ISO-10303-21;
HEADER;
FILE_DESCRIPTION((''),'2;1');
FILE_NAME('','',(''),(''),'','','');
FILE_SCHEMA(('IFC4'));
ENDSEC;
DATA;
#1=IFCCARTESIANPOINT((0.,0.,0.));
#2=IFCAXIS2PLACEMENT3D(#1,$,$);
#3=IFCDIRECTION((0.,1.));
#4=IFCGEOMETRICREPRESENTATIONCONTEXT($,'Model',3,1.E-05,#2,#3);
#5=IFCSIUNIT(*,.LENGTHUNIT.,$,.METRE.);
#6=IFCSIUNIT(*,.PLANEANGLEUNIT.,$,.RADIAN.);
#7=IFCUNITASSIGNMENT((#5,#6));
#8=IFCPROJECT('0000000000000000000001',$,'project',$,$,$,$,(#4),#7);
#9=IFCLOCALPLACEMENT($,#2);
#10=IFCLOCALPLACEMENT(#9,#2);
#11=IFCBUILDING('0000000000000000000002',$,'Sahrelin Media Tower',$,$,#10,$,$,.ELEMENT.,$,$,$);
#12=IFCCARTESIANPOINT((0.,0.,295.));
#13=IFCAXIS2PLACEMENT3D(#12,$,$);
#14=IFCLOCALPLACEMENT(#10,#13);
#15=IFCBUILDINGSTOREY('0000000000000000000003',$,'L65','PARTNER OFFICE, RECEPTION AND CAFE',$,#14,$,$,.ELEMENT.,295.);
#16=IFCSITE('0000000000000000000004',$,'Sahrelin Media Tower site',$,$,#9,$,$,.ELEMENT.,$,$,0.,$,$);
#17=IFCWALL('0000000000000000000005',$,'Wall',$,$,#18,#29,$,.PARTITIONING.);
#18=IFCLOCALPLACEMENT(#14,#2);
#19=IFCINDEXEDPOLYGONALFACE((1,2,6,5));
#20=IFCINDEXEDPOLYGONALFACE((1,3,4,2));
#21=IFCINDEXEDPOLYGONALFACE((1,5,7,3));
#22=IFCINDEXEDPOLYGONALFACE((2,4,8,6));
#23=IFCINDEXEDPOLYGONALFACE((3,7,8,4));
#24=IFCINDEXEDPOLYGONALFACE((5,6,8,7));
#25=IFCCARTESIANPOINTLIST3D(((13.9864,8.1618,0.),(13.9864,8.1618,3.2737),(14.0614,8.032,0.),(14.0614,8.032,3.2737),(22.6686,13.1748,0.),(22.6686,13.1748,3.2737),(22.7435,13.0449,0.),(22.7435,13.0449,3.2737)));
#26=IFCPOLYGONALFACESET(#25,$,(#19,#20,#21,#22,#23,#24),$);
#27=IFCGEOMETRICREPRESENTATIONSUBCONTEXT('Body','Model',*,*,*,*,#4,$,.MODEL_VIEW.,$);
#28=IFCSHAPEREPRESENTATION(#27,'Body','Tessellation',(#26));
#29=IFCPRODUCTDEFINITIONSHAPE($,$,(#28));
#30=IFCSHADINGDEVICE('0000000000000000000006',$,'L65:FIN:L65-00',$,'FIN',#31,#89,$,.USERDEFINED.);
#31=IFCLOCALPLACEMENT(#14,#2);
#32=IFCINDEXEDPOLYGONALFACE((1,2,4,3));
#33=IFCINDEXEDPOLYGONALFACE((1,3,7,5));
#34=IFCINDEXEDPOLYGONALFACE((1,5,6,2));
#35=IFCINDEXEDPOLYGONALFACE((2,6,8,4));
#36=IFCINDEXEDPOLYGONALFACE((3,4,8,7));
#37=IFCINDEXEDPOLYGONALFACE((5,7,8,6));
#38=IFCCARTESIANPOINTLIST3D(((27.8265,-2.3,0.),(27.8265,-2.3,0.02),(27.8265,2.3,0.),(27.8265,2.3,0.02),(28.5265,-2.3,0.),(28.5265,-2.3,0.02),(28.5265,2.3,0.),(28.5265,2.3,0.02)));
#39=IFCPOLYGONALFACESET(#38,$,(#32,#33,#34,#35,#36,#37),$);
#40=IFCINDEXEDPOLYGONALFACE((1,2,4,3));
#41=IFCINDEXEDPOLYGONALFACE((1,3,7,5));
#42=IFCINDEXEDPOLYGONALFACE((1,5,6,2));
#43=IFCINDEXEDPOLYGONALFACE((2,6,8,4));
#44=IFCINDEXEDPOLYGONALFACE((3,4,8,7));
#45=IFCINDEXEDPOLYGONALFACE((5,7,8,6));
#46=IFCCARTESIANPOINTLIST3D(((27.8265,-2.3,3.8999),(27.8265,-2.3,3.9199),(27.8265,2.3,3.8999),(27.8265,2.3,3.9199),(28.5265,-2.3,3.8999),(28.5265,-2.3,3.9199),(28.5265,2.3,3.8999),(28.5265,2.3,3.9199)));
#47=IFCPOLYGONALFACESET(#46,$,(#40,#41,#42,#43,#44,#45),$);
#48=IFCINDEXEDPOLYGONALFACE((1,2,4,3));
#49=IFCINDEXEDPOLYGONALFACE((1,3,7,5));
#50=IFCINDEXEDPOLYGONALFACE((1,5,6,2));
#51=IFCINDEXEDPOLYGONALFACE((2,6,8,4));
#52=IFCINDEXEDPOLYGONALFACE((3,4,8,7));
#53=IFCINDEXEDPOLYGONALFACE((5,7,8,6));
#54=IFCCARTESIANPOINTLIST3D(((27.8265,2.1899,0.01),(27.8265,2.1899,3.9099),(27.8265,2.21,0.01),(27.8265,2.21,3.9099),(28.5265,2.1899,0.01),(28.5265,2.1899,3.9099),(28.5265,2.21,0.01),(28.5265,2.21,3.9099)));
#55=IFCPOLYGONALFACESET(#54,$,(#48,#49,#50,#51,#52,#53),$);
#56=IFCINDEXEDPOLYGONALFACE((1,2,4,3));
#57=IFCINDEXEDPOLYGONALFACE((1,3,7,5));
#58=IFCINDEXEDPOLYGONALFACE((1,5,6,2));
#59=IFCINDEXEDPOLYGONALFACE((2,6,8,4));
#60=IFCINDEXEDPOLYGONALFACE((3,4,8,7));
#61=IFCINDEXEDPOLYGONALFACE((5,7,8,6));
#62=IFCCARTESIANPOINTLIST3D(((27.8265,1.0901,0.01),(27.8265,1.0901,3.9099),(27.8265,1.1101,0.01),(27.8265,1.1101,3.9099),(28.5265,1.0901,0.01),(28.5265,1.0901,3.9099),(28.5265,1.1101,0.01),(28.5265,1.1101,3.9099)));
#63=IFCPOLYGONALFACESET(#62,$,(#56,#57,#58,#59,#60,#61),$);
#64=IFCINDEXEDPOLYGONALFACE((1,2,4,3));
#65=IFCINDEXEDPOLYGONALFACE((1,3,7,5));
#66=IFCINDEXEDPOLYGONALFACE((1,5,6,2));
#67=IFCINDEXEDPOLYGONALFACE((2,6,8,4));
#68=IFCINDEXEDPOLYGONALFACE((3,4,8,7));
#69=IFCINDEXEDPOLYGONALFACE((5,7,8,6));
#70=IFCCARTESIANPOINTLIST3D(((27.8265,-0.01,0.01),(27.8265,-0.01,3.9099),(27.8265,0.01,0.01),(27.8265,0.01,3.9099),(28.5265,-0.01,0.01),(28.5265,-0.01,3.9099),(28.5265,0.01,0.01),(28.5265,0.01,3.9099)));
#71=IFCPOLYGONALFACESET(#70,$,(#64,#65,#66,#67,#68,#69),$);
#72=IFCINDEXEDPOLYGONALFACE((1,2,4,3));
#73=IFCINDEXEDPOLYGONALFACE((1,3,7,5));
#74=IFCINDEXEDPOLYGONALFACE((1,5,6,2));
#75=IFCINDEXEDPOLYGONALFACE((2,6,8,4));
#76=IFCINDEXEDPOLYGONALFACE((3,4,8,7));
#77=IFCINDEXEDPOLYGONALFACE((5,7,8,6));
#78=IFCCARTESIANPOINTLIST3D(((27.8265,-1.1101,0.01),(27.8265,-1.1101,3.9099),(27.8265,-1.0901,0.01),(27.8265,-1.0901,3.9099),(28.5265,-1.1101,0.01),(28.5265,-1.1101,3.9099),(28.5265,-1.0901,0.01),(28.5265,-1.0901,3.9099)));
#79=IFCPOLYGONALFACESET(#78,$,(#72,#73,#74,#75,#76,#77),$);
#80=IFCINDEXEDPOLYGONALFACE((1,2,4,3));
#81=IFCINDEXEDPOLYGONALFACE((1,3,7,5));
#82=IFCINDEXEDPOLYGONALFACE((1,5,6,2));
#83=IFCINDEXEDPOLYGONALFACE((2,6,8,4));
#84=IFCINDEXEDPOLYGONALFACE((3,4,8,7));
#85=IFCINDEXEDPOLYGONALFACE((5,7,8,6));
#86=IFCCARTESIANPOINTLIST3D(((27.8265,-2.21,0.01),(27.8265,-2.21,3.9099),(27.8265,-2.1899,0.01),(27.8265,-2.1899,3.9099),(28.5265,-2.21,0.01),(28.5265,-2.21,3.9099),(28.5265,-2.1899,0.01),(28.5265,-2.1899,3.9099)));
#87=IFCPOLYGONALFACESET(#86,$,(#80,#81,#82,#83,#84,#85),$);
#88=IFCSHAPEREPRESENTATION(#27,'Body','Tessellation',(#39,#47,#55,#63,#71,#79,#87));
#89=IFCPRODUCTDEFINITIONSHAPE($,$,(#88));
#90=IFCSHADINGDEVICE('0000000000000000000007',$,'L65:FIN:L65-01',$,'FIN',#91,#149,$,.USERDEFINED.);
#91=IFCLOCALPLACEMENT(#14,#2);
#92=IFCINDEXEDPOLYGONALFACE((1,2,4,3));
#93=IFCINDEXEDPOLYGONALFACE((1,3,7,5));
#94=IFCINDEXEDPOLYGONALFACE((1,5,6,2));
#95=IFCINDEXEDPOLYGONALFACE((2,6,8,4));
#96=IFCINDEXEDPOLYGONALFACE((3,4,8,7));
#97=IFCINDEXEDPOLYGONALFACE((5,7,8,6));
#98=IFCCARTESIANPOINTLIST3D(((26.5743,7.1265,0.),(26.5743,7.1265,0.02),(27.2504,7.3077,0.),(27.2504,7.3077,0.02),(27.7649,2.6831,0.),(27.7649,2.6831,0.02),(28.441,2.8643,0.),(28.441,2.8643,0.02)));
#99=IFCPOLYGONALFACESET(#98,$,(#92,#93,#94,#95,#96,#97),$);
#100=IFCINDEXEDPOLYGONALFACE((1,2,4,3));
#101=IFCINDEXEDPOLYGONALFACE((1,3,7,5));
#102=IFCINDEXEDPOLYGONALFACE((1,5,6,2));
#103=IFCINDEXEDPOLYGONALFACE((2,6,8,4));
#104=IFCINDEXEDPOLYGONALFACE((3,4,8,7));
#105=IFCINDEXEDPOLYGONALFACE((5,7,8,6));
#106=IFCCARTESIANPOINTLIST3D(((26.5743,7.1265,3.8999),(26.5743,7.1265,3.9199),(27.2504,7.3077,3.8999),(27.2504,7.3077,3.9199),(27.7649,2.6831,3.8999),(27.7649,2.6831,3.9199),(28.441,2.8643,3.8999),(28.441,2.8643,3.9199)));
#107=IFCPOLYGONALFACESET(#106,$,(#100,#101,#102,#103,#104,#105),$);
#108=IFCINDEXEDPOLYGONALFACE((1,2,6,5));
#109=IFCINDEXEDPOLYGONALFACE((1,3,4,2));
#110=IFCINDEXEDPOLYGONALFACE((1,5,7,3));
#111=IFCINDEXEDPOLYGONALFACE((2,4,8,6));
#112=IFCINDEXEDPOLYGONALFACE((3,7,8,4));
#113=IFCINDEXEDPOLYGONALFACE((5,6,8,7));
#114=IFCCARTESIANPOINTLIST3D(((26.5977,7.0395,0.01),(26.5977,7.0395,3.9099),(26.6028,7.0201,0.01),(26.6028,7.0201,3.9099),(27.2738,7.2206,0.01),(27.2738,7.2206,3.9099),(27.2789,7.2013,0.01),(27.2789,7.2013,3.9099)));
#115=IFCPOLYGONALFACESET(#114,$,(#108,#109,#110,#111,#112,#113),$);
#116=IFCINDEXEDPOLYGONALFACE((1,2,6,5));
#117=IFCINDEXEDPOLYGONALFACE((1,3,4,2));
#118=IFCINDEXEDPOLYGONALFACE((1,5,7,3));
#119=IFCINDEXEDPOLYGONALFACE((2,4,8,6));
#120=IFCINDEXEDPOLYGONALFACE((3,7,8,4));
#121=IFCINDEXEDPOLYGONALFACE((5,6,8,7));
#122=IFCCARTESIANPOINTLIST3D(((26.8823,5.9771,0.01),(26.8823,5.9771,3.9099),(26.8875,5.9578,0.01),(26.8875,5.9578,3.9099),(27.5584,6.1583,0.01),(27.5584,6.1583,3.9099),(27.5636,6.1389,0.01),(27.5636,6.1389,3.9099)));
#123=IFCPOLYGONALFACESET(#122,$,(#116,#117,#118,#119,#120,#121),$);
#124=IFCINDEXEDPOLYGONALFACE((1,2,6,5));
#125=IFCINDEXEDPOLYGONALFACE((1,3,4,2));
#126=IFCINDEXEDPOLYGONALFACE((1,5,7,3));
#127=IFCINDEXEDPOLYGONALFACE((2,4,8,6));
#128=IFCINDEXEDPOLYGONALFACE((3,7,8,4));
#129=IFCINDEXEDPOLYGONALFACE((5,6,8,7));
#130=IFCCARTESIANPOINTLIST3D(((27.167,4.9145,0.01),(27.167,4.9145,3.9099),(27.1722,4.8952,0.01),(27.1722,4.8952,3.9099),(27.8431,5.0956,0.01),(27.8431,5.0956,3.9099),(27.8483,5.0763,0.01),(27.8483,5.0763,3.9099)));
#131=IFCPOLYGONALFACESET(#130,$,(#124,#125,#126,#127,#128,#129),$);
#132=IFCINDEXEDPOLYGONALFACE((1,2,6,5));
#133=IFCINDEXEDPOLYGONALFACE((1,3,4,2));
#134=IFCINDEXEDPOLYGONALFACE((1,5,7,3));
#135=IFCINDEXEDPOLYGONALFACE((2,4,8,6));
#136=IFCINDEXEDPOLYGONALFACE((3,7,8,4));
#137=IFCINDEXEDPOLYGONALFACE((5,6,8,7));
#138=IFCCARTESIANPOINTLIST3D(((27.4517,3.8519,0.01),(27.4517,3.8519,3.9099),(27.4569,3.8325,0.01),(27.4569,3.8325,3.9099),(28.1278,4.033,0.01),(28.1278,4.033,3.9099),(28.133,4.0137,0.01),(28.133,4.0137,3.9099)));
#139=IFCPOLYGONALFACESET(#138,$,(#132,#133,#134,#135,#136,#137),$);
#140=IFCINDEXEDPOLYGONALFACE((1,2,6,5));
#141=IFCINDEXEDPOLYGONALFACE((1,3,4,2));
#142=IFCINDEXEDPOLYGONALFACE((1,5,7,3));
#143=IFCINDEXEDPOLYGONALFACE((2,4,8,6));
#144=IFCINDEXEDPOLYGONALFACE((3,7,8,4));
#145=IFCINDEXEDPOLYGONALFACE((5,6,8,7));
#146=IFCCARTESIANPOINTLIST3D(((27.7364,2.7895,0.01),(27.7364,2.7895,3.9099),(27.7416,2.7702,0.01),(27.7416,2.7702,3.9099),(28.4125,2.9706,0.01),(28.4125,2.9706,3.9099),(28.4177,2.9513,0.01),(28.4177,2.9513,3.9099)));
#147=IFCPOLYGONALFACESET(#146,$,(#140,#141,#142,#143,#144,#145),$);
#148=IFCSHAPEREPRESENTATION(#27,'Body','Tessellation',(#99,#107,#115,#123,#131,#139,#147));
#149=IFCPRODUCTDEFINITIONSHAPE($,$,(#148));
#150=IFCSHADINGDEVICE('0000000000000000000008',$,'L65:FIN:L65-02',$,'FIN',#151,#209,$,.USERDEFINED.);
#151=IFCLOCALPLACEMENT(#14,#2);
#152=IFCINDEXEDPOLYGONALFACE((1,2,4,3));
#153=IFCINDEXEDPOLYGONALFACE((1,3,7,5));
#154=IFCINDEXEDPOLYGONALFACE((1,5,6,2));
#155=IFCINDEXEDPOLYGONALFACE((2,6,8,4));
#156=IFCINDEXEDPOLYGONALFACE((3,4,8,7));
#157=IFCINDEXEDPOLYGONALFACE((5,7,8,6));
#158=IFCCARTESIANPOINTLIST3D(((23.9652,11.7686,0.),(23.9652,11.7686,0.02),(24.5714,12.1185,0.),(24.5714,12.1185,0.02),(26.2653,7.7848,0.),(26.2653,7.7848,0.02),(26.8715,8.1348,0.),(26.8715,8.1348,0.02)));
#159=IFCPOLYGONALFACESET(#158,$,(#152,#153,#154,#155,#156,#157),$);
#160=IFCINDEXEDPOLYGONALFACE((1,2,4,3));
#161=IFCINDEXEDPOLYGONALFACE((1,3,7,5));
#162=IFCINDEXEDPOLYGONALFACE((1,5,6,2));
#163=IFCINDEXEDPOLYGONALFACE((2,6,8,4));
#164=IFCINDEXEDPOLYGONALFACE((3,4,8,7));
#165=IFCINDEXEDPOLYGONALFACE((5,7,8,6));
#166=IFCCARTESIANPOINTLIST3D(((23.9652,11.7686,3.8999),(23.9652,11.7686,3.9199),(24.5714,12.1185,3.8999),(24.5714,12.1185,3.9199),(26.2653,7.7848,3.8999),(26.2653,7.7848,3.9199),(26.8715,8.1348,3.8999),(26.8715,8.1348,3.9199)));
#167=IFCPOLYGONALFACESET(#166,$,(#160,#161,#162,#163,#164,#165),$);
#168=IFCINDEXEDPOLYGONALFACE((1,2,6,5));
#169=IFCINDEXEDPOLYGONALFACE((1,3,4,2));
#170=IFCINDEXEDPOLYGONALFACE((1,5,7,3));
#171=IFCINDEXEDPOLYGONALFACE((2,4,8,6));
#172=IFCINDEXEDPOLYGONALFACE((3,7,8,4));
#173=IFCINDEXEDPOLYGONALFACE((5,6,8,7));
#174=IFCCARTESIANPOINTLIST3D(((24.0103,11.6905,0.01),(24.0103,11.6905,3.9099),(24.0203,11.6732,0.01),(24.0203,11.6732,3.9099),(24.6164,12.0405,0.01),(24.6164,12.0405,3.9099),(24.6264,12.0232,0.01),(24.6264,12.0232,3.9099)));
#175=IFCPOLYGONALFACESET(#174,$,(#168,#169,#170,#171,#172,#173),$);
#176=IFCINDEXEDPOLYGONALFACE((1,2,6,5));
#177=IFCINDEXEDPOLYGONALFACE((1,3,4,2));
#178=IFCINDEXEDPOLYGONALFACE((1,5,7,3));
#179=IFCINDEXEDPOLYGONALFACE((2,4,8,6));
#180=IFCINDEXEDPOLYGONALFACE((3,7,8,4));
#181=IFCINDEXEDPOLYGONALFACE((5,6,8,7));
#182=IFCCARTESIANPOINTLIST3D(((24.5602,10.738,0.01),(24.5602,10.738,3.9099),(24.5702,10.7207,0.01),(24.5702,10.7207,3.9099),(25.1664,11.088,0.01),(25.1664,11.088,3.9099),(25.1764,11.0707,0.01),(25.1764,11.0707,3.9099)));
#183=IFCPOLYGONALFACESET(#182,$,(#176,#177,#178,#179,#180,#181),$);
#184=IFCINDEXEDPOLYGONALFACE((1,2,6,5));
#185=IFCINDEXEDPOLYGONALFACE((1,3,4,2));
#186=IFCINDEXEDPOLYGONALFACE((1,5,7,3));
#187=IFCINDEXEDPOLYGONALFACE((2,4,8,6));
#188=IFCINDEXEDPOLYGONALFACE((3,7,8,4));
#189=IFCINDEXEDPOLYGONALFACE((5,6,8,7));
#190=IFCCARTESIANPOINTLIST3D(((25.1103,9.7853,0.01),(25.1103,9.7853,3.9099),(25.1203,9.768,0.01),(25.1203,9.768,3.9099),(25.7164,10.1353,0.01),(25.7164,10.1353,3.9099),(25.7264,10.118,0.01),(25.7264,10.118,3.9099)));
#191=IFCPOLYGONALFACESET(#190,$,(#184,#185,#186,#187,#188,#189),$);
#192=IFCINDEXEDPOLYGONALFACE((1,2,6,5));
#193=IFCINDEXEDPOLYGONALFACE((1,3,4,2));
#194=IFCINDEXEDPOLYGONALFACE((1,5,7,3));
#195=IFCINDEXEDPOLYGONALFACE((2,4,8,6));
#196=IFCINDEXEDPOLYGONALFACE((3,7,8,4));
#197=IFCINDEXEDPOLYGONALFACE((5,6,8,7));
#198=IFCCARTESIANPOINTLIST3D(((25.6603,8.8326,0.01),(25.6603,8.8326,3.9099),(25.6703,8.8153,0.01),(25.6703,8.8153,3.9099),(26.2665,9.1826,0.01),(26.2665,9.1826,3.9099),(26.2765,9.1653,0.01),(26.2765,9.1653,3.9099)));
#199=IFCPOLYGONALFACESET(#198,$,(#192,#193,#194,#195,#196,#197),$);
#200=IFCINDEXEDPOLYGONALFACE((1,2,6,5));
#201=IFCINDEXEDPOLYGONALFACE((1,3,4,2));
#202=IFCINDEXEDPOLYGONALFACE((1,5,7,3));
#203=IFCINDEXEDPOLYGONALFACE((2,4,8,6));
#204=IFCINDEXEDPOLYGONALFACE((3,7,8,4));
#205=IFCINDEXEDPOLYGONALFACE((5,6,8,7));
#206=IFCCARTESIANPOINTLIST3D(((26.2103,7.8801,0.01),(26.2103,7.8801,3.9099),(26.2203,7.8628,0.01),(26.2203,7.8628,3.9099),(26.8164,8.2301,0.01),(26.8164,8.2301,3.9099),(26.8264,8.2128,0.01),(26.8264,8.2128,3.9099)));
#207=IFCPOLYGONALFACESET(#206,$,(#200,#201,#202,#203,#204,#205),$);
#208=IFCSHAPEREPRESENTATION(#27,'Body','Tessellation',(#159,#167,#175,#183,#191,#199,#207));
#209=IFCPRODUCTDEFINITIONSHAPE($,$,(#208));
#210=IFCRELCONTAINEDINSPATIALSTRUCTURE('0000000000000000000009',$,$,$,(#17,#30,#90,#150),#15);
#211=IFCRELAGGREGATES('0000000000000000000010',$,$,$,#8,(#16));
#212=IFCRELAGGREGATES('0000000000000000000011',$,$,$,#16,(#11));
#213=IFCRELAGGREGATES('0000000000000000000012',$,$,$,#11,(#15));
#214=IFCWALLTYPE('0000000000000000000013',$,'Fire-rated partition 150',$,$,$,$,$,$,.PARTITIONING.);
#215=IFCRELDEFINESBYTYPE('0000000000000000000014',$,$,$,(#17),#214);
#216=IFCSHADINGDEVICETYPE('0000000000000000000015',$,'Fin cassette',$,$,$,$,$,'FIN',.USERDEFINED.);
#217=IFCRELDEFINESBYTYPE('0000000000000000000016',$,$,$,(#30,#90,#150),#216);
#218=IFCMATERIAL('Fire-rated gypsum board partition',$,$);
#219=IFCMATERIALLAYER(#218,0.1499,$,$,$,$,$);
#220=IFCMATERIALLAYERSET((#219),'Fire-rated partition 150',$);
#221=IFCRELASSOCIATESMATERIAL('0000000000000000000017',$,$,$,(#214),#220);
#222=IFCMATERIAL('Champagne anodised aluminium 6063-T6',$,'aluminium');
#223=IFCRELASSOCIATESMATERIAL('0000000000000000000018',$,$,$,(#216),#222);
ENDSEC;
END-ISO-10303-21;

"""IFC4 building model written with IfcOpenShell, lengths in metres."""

from ifc_helpers import new_model, si_unit, direction, frame, frame_2d, origin, origin_2d, place, context, subcontext, project, spatial, rectangle, extrude, material, layer, layer_set, type_object, element, save


model = new_model("IFC4")

# Units and contexts
model_context = context("Model", 3, precision=1e-05, world=origin(), true_north=direction((0.0, 1.0)))
body_context = subcontext(model_context, "Body", "Model", "MODEL_VIEW")
ifc_project = project(units=[si_unit("LENGTHUNIT", "METRE"), si_unit("PLANEANGLEUNIT", "RADIAN")], contexts=[model_context])

# Site, building, storey
site_placement = place(None, origin())
site = spatial("IfcSite", under=ifc_project, at=site_placement, Name="Sahrelin Media Tower site", CompositionType="ELEMENT", RefElevation=0.0)
building_placement = place(site_placement, origin())
building = spatial("IfcBuilding", under=site, at=building_placement, Name="Sahrelin Media Tower", CompositionType="ELEMENT")
storey_placement = place(building_placement, frame((0.0, 0.0, 295.0)))
storey = spatial("IfcBuildingStorey", under=building, at=storey_placement, Name="L65", Description="PARTNER OFFICE, RECEPTION AND CAFE", CompositionType="ELEMENT", Elevation=295.0)

# Shared definitions
ifc_material_1 = material(Name="Champagne anodised aluminium 6063-T6", Category="aluminium")

# Wall
ifc_material_2 = material(Name="Fire-rated gypsum board partition")
ifc_layer_1 = layer(ifc_material_2, 0.1499)
ifc_layer_set_1 = layer_set([ifc_layer_1], Name="Fire-rated partition 150")
wall_type = type_object("IfcWallType", Name="Fire-rated partition 150", PredefinedType="PARTITIONING", material=ifc_layer_set_1)
wall_placement = place(storey_placement, frame((14.0239, 8.0969, 0.0), z_axis=(0.0, 0.0, 1.0), x_axis=(0.866012, 0.500023, 0.0)))
element("IfcWall", 1, at=wall_placement, inside=storey, type_object=wall_type, Name="Wall", PredefinedType="PARTITIONING", context=body_context, shape_type="SweptSolid", body=[
    extrude(rectangle(XDim=10.0254, YDim=0.1499, at=frame_2d((5.0127, 0.0))), origin(), (0.0, 0.0, 1.0), 3.2737),
])

# Shading devices
shading_device_type_1 = type_object("IfcShadingDeviceType", Name="Fin cassette", ElementType="FIN", PredefinedType="USERDEFINED", material=ifc_material_1)
placement_1 = place(storey_placement, frame((27.7566, 0.0, 0.0), z_axis=(0.0, 0.0, 1.0), x_axis=(0.0, -1.0, 0.0)))
element("IfcShadingDevice", 2, at=placement_1, inside=storey, type_object=shading_device_type_1, Name="L65:FIN:L65-00", ObjectType="FIN", PredefinedType="USERDEFINED", context=body_context, shape_type="SweptSolid", body=[
    extrude(rectangle(XDim=4.6001, YDim=0.7, at=origin_2d()), frame((0.0, 0.4199, 0.0)), (0.0, 0.0, 1.0), 0.02),
    extrude(rectangle(XDim=4.6001, YDim=0.7, at=origin_2d()), frame((0.0, 0.4199, 3.8999)), (0.0, 0.0, 1.0), 0.02),
    extrude(rectangle(XDim=0.02, YDim=0.7, at=origin_2d()), frame((-2.2, 0.4199, 0.01), z_axis=(0.0, 0.0, 1.0), x_axis=(1.0, 0.0, 0.0)), (0.0, 0.0, 1.0), 3.8999),
    extrude(rectangle(XDim=0.02, YDim=0.7, at=origin_2d()), frame((-1.1001, 0.4199, 0.01), z_axis=(0.0, 0.0, 1.0), x_axis=(1.0, 0.0, 0.0)), (0.0, 0.0, 1.0), 3.8999),
    extrude(rectangle(XDim=0.02, YDim=0.7, at=origin_2d()), frame((0.0, 0.4199, 0.01), z_axis=(0.0, 0.0, 1.0), x_axis=(1.0, 0.0, 0.0)), (0.0, 0.0, 1.0), 3.8999),
    extrude(rectangle(XDim=0.02, YDim=0.7, at=origin_2d()), frame((1.1001, 0.4199, 0.01), z_axis=(0.0, 0.0, 1.0), x_axis=(1.0, 0.0, 0.0)), (0.0, 0.0, 1.0), 3.8999),
    extrude(rectangle(XDim=0.02, YDim=0.7, at=origin_2d()), frame((2.2, 0.4199, 0.01), z_axis=(0.0, 0.0, 1.0), x_axis=(1.0, 0.0, 0.0)), (0.0, 0.0, 1.0), 3.8999),
])
placement_2 = place(storey_placement, frame((27.1021, 4.8867, 0.0), z_axis=(0.0, 0.0, 1.0), x_axis=(0.258808, -0.965929, 0.0)))
element("IfcShadingDevice", 3, at=placement_2, inside=storey, type_object=shading_device_type_1, Name="L65:FIN:L65-01", ObjectType="FIN", PredefinedType="USERDEFINED", context=body_context, shape_type="SweptSolid", body=[
    extrude(rectangle(XDim=4.6001, YDim=0.7, at=origin_2d()), frame((0.0, 0.4199, 0.0)), (0.0, 0.0, 1.0), 0.02),
    extrude(rectangle(XDim=4.6001, YDim=0.7, at=origin_2d()), frame((0.0, 0.4199, 3.8999)), (0.0, 0.0, 1.0), 0.02),
    extrude(rectangle(XDim=0.02, YDim=0.7, at=origin_2d()), frame((-2.2, 0.4199, 0.01), z_axis=(0.0, 0.0, 1.0), x_axis=(1.0, 0.0, 0.0)), (0.0, 0.0, 1.0), 3.8999),
    extrude(rectangle(XDim=0.02, YDim=0.7, at=origin_2d()), frame((-1.1001, 0.4199, 0.01), z_axis=(0.0, 0.0, 1.0), x_axis=(1.0, 0.0, 0.0)), (0.0, 0.0, 1.0), 3.8999),
    extrude(rectangle(XDim=0.02, YDim=0.7, at=origin_2d()), frame((0.0, 0.4199, 0.01), z_axis=(0.0, 0.0, 1.0), x_axis=(1.0, 0.0, 0.0)), (0.0, 0.0, 1.0), 3.8999),
    extrude(rectangle(XDim=0.02, YDim=0.7, at=origin_2d()), frame((1.1001, 0.4199, 0.01), z_axis=(0.0, 0.0, 1.0), x_axis=(1.0, 0.0, 0.0)), (0.0, 0.0, 1.0), 3.8999),
    extrude(rectangle(XDim=0.02, YDim=0.7, at=origin_2d()), frame((2.2, 0.4199, 0.01), z_axis=(0.0, 0.0, 1.0), x_axis=(1.0, 0.0, 0.0)), (0.0, 0.0, 1.0), 3.8999),
])
placement_3 = place(storey_placement, frame((25.0547, 9.7417, 0.0), z_axis=(0.0, 0.0, 1.0), x_axis=(0.500011, -0.866019, 0.0)))
element("IfcShadingDevice", 4, at=placement_3, inside=storey, type_object=shading_device_type_1, Name="L65:FIN:L65-02", ObjectType="FIN", PredefinedType="USERDEFINED", context=body_context, shape_type="SweptSolid", body=[
    extrude(rectangle(XDim=4.6001, YDim=0.7, at=origin_2d()), frame((0.0, 0.4199, 0.0)), (0.0, 0.0, 1.0), 0.02),
    extrude(rectangle(XDim=4.6001, YDim=0.7, at=origin_2d()), frame((0.0, 0.4199, 3.8999)), (0.0, 0.0, 1.0), 0.02),
    extrude(rectangle(XDim=0.02, YDim=0.7, at=origin_2d()), frame((-2.2, 0.4199, 0.01), z_axis=(0.0, 0.0, 1.0), x_axis=(1.0, 0.0, 0.0)), (0.0, 0.0, 1.0), 3.8999),
    extrude(rectangle(XDim=0.02, YDim=0.7, at=origin_2d()), frame((-1.1001, 0.4199, 0.01), z_axis=(0.0, 0.0, 1.0), x_axis=(1.0, 0.0, 0.0)), (0.0, 0.0, 1.0), 3.8999),
    extrude(rectangle(XDim=0.02, YDim=0.7, at=origin_2d()), frame((0.0, 0.4199, 0.01), z_axis=(0.0, 0.0, 1.0), x_axis=(1.0, 0.0, 0.0)), (0.0, 0.0, 1.0), 3.8999),
    extrude(rectangle(XDim=0.02, YDim=0.7, at=origin_2d()), frame((1.1001, 0.4199, 0.01), z_axis=(0.0, 0.0, 1.0), x_axis=(1.0, 0.0, 0.0)), (0.0, 0.0, 1.0), 3.8999),
    extrude(rectangle(XDim=0.02, YDim=0.7, at=origin_2d()), frame((2.2, 0.4199, 0.01), z_axis=(0.0, 0.0, 1.0), x_axis=(1.0, 0.0, 0.0)), (0.0, 0.0, 1.0), 3.8999),
])

save(model, "model.ifc")
